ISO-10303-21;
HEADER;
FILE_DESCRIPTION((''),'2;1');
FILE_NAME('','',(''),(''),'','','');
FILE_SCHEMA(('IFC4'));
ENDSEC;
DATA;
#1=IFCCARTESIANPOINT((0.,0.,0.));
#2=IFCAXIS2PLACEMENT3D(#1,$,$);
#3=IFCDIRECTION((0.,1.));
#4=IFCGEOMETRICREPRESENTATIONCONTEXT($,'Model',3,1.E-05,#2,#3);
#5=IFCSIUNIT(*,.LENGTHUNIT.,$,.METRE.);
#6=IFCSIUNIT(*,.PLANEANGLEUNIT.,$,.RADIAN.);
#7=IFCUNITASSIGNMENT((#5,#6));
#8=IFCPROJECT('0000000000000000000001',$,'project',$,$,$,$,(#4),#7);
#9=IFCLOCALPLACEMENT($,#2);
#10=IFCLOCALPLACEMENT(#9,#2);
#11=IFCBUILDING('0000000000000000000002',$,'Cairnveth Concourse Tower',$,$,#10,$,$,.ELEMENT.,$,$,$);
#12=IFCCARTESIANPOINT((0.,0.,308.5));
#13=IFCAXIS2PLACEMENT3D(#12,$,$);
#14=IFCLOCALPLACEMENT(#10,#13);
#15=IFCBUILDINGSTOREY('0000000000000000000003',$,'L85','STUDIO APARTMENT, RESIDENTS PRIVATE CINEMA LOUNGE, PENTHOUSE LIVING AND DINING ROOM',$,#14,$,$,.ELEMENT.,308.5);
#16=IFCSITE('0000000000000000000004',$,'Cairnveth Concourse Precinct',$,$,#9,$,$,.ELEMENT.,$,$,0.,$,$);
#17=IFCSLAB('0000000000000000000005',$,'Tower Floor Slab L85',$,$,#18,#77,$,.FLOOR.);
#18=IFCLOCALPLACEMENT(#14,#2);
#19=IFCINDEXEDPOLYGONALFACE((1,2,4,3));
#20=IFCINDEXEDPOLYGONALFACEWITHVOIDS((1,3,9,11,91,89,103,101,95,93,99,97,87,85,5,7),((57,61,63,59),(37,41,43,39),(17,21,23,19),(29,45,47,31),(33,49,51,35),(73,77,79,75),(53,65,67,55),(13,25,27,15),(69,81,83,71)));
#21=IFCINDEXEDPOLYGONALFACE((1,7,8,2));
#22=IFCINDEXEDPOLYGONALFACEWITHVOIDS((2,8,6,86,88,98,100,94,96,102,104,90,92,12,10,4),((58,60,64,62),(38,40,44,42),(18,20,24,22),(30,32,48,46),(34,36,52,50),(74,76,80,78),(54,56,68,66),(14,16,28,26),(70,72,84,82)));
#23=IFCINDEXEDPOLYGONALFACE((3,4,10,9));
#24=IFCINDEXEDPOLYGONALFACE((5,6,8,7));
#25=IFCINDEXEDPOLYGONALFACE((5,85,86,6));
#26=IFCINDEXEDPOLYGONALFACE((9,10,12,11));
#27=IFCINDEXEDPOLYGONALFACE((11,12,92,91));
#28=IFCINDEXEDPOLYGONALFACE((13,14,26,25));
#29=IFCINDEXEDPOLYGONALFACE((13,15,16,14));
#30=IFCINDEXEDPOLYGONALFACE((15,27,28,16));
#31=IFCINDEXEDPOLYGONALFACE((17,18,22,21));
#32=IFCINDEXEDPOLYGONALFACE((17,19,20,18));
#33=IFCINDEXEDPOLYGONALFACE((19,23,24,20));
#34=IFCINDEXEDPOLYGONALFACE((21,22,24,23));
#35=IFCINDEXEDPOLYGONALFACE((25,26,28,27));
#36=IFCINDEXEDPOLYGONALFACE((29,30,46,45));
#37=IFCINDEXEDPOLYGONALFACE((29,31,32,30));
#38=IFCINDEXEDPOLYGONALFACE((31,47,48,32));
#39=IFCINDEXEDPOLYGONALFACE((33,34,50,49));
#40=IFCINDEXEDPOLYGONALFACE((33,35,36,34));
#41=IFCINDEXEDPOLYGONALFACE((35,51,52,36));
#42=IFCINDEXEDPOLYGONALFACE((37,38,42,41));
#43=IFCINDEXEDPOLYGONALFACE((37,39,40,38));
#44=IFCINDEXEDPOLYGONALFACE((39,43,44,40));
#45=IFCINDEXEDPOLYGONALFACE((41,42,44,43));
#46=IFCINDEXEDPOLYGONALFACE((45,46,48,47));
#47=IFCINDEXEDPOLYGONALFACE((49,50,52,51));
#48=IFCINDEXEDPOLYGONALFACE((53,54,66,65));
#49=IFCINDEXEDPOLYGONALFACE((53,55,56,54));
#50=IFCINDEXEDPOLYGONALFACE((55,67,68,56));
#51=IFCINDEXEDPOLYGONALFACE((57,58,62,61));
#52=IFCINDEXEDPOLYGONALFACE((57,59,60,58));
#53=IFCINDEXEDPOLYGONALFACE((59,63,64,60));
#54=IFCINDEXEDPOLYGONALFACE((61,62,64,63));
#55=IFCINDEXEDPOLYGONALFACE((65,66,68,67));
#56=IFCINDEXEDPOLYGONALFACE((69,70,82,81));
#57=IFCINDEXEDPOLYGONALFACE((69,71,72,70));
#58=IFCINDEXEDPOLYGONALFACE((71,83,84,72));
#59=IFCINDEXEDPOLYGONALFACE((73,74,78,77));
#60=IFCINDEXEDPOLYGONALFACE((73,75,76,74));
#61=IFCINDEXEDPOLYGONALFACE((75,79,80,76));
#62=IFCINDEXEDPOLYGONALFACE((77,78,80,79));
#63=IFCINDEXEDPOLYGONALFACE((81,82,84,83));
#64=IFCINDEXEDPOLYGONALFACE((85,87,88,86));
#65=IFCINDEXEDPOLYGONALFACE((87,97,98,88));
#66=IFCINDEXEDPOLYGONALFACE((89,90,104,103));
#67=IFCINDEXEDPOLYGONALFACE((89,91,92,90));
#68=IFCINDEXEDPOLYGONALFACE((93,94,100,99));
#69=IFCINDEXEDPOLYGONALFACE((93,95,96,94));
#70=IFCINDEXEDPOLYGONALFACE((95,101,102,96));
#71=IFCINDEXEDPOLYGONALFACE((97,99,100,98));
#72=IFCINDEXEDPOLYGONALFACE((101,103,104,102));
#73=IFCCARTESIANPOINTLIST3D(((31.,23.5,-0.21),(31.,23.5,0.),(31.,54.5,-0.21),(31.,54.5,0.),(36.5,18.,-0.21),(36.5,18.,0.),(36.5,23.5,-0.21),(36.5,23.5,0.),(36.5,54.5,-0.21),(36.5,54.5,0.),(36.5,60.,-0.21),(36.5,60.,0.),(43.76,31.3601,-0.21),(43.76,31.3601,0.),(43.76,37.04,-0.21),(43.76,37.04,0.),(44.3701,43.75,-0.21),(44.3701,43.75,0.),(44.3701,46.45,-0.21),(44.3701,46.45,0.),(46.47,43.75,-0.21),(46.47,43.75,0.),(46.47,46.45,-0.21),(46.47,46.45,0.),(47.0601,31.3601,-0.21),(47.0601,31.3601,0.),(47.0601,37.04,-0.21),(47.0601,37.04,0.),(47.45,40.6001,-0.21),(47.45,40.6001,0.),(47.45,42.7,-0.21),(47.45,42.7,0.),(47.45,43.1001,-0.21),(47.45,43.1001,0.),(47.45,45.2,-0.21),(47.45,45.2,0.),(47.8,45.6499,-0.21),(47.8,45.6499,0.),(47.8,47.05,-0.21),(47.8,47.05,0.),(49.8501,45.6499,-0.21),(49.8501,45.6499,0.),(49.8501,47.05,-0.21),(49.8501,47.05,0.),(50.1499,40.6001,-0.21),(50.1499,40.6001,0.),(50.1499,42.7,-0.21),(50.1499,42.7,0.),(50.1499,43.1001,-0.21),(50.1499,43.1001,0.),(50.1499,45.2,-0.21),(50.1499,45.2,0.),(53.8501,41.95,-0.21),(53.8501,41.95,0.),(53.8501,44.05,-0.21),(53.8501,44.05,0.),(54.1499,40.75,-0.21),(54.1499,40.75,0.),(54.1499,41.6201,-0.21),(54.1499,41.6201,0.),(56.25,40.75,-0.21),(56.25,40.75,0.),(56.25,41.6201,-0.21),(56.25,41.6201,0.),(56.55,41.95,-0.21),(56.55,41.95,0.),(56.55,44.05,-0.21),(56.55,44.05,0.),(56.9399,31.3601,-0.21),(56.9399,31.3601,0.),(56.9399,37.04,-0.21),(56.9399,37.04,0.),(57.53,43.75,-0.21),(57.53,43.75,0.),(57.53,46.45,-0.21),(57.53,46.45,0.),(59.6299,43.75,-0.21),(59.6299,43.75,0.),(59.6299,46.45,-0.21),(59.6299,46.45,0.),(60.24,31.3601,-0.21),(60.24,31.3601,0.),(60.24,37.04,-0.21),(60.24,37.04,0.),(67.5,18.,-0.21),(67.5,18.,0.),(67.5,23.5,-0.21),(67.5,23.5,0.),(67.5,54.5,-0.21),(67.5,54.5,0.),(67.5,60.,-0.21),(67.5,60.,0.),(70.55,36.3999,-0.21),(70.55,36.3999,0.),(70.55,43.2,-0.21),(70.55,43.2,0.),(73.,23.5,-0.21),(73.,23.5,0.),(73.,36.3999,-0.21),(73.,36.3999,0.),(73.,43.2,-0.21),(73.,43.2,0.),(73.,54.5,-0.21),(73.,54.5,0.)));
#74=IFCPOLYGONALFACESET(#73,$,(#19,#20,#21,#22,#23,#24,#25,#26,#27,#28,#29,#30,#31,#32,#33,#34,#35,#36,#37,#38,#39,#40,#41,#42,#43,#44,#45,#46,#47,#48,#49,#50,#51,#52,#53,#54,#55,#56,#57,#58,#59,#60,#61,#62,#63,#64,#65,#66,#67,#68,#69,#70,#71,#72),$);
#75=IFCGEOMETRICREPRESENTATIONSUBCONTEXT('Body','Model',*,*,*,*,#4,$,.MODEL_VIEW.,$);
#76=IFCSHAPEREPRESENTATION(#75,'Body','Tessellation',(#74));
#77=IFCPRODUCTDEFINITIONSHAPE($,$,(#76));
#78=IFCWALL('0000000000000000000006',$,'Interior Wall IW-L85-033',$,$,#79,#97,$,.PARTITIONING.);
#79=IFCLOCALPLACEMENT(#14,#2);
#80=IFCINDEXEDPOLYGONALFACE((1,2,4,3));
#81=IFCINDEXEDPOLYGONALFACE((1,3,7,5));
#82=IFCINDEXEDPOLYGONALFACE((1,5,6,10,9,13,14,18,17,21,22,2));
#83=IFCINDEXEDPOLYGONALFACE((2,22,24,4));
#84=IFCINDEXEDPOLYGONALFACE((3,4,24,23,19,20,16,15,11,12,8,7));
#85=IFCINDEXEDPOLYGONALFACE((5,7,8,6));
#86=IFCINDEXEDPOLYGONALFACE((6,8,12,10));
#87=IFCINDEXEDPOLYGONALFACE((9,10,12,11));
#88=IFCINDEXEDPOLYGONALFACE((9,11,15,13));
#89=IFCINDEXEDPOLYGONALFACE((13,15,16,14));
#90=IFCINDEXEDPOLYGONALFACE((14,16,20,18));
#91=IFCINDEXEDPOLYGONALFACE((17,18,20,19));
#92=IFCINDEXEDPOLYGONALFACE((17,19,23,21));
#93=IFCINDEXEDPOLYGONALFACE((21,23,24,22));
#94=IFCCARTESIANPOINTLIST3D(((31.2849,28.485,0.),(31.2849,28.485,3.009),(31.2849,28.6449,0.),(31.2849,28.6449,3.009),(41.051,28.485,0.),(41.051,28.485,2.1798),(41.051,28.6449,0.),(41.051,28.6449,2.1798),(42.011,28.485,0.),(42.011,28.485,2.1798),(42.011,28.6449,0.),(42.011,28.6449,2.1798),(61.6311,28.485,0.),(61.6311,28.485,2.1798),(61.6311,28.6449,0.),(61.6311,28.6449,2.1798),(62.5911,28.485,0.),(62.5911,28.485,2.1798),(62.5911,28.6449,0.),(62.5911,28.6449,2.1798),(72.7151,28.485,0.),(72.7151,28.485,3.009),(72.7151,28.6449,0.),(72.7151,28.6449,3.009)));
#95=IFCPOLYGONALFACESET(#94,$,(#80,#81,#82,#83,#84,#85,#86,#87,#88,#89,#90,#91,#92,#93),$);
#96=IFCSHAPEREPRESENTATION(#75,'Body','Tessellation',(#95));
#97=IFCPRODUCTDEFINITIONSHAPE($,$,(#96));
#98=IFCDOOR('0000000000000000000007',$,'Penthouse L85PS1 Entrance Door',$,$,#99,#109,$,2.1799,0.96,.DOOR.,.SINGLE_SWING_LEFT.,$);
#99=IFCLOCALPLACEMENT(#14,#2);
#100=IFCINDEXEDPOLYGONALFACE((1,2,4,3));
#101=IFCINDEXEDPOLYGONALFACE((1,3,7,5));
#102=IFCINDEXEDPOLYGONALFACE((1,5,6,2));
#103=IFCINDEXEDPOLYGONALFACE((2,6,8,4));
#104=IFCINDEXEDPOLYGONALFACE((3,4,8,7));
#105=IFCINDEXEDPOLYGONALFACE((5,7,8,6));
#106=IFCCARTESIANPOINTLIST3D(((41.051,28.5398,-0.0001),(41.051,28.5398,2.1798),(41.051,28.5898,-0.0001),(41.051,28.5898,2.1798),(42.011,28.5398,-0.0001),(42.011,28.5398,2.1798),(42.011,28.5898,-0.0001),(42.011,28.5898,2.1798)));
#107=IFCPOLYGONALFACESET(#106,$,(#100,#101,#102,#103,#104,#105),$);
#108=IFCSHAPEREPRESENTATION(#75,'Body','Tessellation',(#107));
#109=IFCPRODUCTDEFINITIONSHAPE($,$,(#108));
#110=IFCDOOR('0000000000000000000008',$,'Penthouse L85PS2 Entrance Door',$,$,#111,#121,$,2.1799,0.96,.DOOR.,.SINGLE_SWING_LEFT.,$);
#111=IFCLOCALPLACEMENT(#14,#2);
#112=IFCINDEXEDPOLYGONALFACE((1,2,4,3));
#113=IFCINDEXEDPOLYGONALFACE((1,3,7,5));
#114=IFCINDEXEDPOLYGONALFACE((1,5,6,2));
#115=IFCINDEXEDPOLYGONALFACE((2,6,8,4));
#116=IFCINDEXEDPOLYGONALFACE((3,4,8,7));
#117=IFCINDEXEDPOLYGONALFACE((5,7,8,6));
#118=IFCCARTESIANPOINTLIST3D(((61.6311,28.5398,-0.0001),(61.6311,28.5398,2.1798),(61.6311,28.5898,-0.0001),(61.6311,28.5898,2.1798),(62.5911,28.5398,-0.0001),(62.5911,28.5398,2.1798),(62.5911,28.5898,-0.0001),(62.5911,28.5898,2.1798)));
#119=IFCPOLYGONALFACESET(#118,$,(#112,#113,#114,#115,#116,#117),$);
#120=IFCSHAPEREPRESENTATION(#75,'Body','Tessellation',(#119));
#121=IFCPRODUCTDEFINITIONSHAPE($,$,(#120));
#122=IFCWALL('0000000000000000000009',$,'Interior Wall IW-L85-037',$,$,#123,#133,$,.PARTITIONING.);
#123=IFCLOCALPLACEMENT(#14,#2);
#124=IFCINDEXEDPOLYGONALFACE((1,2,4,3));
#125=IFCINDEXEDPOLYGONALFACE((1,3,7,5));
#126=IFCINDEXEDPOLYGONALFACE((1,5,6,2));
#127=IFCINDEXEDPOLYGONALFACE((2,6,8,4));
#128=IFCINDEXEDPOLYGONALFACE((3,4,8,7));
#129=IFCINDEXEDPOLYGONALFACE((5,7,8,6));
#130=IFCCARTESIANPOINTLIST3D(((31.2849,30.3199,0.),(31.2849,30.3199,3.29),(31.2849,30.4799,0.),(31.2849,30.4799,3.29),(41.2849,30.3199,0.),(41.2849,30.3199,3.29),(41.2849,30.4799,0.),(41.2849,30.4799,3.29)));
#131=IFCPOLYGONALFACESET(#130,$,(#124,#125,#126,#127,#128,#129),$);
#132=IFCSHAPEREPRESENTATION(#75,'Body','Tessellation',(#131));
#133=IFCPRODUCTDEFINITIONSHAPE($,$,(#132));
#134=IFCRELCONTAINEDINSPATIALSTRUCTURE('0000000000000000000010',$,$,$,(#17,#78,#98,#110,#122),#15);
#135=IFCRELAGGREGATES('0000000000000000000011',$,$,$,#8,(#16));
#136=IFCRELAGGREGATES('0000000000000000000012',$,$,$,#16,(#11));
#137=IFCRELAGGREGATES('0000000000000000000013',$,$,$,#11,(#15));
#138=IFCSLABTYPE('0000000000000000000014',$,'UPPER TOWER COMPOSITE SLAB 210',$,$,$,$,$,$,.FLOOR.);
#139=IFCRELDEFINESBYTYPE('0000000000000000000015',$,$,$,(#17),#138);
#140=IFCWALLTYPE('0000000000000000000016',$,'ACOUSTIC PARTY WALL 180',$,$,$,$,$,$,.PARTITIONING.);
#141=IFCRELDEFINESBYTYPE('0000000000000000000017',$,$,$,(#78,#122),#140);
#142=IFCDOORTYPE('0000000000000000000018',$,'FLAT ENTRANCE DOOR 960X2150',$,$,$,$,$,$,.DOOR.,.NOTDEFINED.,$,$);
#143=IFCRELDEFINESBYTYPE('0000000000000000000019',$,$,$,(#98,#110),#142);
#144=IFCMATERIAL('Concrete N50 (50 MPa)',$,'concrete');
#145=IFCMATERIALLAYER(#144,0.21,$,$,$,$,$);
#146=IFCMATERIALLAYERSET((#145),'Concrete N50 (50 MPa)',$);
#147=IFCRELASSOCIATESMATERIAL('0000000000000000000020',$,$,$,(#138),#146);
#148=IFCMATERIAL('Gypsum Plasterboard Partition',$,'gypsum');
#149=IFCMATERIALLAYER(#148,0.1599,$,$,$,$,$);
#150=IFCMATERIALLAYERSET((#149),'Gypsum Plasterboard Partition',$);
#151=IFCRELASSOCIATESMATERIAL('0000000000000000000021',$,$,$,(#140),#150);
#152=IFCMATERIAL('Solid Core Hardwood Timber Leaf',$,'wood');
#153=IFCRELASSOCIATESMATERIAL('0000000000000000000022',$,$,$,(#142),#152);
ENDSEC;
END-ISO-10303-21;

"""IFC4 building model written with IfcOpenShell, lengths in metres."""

from ifc_helpers import new_model, si_unit, direction, frame, frame_2d, origin, place, context, subcontext, project, spatial, polyline, rectangle, outline, extrude, material, layer, layer_set, type_object, element, fill, save


model = new_model("IFC4")

# Units and contexts
model_context = context("Model", 3, precision=1e-05, world=origin(), true_north=direction((0.0, 1.0)))
body_context = subcontext(model_context, "Body", "Model", "MODEL_VIEW")
ifc_project = project(units=[si_unit("LENGTHUNIT", "METRE"), si_unit("PLANEANGLEUNIT", "RADIAN")], contexts=[model_context])

# Site, building, storey
site_placement = place(None, origin())
site = spatial("IfcSite", under=ifc_project, at=site_placement, Name="Cairnveth Concourse Precinct", CompositionType="ELEMENT", RefElevation=0.0)
building_placement = place(site_placement, origin())
building = spatial("IfcBuilding", under=site, at=building_placement, Name="Cairnveth Concourse Tower", CompositionType="ELEMENT")
storey_placement = place(building_placement, frame((0.0, 0.0, 308.5)))
storey = spatial("IfcBuildingStorey", under=building, at=storey_placement, Name="L85", Description="STUDIO APARTMENT, RESIDENTS PRIVATE CINEMA LOUNGE, PENTHOUSE LIVING AND DINING ROOM", CompositionType="ELEMENT", Elevation=308.5)

# Shared definitions
ifc_material_1 = material(Name="Concrete N50 (50 MPa)", Category="concrete")

# Slab
ifc_layer_1 = layer(ifc_material_1, 0.21)
ifc_layer_set_1 = layer_set([ifc_layer_1], Name="Concrete N50 (50 MPa)")
slab_type_1 = type_object("IfcSlabType", Name="UPPER TOWER COMPOSITE SLAB 210", PredefinedType="FLOOR", material=ifc_layer_set_1)
slab_1_placement = place(storey_placement, frame((0.0, 0.0, -0.21)))
element("IfcSlab", 1, at=slab_1_placement, inside=storey, type_object=slab_type_1, Name="Tower Floor Slab L85", PredefinedType="FLOOR", context=body_context, shape_type="SweptSolid", body=[
    extrude(outline(polyline([(73.0, 36.3999), (70.55, 36.3999), (70.55, 43.2), (73.0, 43.2), (73.0, 54.5), (67.5, 54.5), (67.5, 60.0), (36.5, 60.0), (36.5, 54.5), (31.0, 54.5), (31.0, 23.5), (36.5, 23.5), (36.5, 18.0), (67.5, 18.0), (67.5, 23.5), (73.0, 23.5), (73.0, 36.3999)]), holes=[polyline([(43.76, 31.3601), (47.0601, 31.3601), (47.0601, 37.04), (43.76, 37.04), (43.76, 31.3601)]), polyline([(56.9399, 31.3601), (60.24, 31.3601), (60.24, 37.04), (56.9399, 37.04), (56.9399, 31.3601)]), polyline([(44.3701, 43.75), (46.47, 43.75), (46.47, 46.45), (44.3701, 46.45), (44.3701, 43.75)]), polyline([(57.53, 43.75), (59.6299, 43.75), (59.6299, 46.45), (57.53, 46.45), (57.53, 43.75)]), polyline([(47.45, 40.6001), (50.1499, 40.6001), (50.1499, 42.7), (47.45, 42.7), (47.45, 40.6001)]), polyline([(47.45, 43.1001), (50.1499, 43.1001), (50.1499, 45.2), (47.45, 45.2), (47.45, 43.1001)]), polyline([(53.8501, 41.95), (56.55, 41.95), (56.55, 44.05), (53.8501, 44.05), (53.8501, 41.95)]), polyline([(47.8, 45.6499), (49.8501, 45.6499), (49.8501, 47.05), (47.8, 47.05), (47.8, 45.6499)]), polyline([(54.1499, 40.75), (56.25, 40.75), (56.25, 41.6201), (54.1499, 41.6201), (54.1499, 40.75)])]), origin(), (0.0, 0.0, 1.0), 0.21),
])

# Wall, openings, doors
ifc_material_2 = material(Name="Gypsum Plasterboard Partition", Category="gypsum")
ifc_layer_2 = layer(ifc_material_2, 0.1599)
ifc_layer_set_2 = layer_set([ifc_layer_2], Name="Gypsum Plasterboard Partition")
wall_type_1 = type_object("IfcWallType", Name="ACOUSTIC PARTY WALL 180", PredefinedType="PARTITIONING", material=ifc_layer_set_2)
wall_1_placement = place(storey_placement, frame((31.2849, 28.5649, 0.0), z_axis=(0.0, 0.0, 1.0), x_axis=(1.0, 0.0, 0.0)))
wall_1 = element("IfcWall", 2, at=wall_1_placement, inside=storey, type_object=wall_type_1, Name="Interior Wall IW-L85-033", PredefinedType="PARTITIONING", context=body_context, shape_type="SweptSolid", body=[
    extrude(rectangle(XDim=41.4302, YDim=0.1599, at=frame_2d((20.7151, 0.0))), origin(), (0.0, 0.0, 1.0), 3.009),
])
opening_1_placement = place(wall_1_placement, frame((9.7661, 0.0, 0.0)))
opening_1 = element("IfcOpeningElement", 3, at=opening_1_placement, cuts=wall_1, PredefinedType="OPENING", context=body_context, shape_type="SweptSolid", body=[
    extrude(rectangle(XDim=0.96, YDim=2.1799, at=frame_2d((0.48, 1.0898))), frame((0.0, 0.0898, 0.0), z_axis=(0.0, -1.0, 0.0), x_axis=(1.0, 0.0, 0.0)), (0.0, 0.0, 1.0), 0.1799),
])
opening_2_placement = place(wall_1_placement, frame((30.3462, 0.0, 0.0)))
opening_2 = element("IfcOpeningElement", 4, at=opening_2_placement, cuts=wall_1, PredefinedType="OPENING", context=body_context, shape_type="SweptSolid", body=[
    extrude(rectangle(XDim=0.96, YDim=2.1799, at=frame_2d((0.48, 1.0898))), frame((0.0, 0.0898, 0.0), z_axis=(0.0, -1.0, 0.0), x_axis=(1.0, 0.0, 0.0)), (0.0, 0.0, 1.0), 0.1799),
])
ifc_material_3 = material(Name="Solid Core Hardwood Timber Leaf", Category="wood")
door_type = type_object("IfcDoorType", Name="FLAT ENTRANCE DOOR 960X2150", OperationType="NOTDEFINED", PredefinedType="DOOR", material=ifc_material_3)
door_1_placement = place(opening_1_placement, origin())
door_1 = element("IfcDoor", 5, at=door_1_placement, inside=storey, type_object=door_type, Name="Penthouse L85PS1 Entrance Door", OperationType="SINGLE_SWING_LEFT", OverallHeight=2.1799, OverallWidth=0.96, PredefinedType="DOOR", context=body_context, shape_type="SweptSolid", body=[
    extrude(rectangle(XDim=0.96, YDim=2.1799, at=frame_2d((0.48, 1.0898))), frame((0.0, 0.0249, 0.0), z_axis=(0.0, -1.0, 0.0), x_axis=(1.0, 0.0, 0.0)), (0.0, 0.0, 1.0), 0.05),
])
fill(opening_1, door_1)
door_2_placement = place(opening_2_placement, origin())
door_2 = element("IfcDoor", 6, at=door_2_placement, inside=storey, type_object=door_type, Name="Penthouse L85PS2 Entrance Door", OperationType="SINGLE_SWING_LEFT", OverallHeight=2.1799, OverallWidth=0.96, PredefinedType="DOOR", context=body_context, shape_type="SweptSolid", body=[
    extrude(rectangle(XDim=0.96, YDim=2.1799, at=frame_2d((0.48, 1.0898))), frame((0.0, 0.0249, 0.0), z_axis=(0.0, -1.0, 0.0), x_axis=(1.0, 0.0, 0.0)), (0.0, 0.0, 1.0), 0.05),
])
fill(opening_2, door_2)

# Wall
wall_2_placement = place(storey_placement, frame((31.2849, 30.3999, 0.0), z_axis=(0.0, 0.0, 1.0), x_axis=(1.0, 0.0, 0.0)))
element("IfcWall", 7, at=wall_2_placement, inside=storey, type_object=wall_type_1, Name="Interior Wall IW-L85-037", PredefinedType="PARTITIONING", context=body_context, shape_type="SweptSolid", body=[
    extrude(rectangle(XDim=10.0, YDim=0.1599, at=frame_2d((5.0, 0.0))), origin(), (0.0, 0.0, 1.0), 3.29),
])

save(model, "model.ifc")
